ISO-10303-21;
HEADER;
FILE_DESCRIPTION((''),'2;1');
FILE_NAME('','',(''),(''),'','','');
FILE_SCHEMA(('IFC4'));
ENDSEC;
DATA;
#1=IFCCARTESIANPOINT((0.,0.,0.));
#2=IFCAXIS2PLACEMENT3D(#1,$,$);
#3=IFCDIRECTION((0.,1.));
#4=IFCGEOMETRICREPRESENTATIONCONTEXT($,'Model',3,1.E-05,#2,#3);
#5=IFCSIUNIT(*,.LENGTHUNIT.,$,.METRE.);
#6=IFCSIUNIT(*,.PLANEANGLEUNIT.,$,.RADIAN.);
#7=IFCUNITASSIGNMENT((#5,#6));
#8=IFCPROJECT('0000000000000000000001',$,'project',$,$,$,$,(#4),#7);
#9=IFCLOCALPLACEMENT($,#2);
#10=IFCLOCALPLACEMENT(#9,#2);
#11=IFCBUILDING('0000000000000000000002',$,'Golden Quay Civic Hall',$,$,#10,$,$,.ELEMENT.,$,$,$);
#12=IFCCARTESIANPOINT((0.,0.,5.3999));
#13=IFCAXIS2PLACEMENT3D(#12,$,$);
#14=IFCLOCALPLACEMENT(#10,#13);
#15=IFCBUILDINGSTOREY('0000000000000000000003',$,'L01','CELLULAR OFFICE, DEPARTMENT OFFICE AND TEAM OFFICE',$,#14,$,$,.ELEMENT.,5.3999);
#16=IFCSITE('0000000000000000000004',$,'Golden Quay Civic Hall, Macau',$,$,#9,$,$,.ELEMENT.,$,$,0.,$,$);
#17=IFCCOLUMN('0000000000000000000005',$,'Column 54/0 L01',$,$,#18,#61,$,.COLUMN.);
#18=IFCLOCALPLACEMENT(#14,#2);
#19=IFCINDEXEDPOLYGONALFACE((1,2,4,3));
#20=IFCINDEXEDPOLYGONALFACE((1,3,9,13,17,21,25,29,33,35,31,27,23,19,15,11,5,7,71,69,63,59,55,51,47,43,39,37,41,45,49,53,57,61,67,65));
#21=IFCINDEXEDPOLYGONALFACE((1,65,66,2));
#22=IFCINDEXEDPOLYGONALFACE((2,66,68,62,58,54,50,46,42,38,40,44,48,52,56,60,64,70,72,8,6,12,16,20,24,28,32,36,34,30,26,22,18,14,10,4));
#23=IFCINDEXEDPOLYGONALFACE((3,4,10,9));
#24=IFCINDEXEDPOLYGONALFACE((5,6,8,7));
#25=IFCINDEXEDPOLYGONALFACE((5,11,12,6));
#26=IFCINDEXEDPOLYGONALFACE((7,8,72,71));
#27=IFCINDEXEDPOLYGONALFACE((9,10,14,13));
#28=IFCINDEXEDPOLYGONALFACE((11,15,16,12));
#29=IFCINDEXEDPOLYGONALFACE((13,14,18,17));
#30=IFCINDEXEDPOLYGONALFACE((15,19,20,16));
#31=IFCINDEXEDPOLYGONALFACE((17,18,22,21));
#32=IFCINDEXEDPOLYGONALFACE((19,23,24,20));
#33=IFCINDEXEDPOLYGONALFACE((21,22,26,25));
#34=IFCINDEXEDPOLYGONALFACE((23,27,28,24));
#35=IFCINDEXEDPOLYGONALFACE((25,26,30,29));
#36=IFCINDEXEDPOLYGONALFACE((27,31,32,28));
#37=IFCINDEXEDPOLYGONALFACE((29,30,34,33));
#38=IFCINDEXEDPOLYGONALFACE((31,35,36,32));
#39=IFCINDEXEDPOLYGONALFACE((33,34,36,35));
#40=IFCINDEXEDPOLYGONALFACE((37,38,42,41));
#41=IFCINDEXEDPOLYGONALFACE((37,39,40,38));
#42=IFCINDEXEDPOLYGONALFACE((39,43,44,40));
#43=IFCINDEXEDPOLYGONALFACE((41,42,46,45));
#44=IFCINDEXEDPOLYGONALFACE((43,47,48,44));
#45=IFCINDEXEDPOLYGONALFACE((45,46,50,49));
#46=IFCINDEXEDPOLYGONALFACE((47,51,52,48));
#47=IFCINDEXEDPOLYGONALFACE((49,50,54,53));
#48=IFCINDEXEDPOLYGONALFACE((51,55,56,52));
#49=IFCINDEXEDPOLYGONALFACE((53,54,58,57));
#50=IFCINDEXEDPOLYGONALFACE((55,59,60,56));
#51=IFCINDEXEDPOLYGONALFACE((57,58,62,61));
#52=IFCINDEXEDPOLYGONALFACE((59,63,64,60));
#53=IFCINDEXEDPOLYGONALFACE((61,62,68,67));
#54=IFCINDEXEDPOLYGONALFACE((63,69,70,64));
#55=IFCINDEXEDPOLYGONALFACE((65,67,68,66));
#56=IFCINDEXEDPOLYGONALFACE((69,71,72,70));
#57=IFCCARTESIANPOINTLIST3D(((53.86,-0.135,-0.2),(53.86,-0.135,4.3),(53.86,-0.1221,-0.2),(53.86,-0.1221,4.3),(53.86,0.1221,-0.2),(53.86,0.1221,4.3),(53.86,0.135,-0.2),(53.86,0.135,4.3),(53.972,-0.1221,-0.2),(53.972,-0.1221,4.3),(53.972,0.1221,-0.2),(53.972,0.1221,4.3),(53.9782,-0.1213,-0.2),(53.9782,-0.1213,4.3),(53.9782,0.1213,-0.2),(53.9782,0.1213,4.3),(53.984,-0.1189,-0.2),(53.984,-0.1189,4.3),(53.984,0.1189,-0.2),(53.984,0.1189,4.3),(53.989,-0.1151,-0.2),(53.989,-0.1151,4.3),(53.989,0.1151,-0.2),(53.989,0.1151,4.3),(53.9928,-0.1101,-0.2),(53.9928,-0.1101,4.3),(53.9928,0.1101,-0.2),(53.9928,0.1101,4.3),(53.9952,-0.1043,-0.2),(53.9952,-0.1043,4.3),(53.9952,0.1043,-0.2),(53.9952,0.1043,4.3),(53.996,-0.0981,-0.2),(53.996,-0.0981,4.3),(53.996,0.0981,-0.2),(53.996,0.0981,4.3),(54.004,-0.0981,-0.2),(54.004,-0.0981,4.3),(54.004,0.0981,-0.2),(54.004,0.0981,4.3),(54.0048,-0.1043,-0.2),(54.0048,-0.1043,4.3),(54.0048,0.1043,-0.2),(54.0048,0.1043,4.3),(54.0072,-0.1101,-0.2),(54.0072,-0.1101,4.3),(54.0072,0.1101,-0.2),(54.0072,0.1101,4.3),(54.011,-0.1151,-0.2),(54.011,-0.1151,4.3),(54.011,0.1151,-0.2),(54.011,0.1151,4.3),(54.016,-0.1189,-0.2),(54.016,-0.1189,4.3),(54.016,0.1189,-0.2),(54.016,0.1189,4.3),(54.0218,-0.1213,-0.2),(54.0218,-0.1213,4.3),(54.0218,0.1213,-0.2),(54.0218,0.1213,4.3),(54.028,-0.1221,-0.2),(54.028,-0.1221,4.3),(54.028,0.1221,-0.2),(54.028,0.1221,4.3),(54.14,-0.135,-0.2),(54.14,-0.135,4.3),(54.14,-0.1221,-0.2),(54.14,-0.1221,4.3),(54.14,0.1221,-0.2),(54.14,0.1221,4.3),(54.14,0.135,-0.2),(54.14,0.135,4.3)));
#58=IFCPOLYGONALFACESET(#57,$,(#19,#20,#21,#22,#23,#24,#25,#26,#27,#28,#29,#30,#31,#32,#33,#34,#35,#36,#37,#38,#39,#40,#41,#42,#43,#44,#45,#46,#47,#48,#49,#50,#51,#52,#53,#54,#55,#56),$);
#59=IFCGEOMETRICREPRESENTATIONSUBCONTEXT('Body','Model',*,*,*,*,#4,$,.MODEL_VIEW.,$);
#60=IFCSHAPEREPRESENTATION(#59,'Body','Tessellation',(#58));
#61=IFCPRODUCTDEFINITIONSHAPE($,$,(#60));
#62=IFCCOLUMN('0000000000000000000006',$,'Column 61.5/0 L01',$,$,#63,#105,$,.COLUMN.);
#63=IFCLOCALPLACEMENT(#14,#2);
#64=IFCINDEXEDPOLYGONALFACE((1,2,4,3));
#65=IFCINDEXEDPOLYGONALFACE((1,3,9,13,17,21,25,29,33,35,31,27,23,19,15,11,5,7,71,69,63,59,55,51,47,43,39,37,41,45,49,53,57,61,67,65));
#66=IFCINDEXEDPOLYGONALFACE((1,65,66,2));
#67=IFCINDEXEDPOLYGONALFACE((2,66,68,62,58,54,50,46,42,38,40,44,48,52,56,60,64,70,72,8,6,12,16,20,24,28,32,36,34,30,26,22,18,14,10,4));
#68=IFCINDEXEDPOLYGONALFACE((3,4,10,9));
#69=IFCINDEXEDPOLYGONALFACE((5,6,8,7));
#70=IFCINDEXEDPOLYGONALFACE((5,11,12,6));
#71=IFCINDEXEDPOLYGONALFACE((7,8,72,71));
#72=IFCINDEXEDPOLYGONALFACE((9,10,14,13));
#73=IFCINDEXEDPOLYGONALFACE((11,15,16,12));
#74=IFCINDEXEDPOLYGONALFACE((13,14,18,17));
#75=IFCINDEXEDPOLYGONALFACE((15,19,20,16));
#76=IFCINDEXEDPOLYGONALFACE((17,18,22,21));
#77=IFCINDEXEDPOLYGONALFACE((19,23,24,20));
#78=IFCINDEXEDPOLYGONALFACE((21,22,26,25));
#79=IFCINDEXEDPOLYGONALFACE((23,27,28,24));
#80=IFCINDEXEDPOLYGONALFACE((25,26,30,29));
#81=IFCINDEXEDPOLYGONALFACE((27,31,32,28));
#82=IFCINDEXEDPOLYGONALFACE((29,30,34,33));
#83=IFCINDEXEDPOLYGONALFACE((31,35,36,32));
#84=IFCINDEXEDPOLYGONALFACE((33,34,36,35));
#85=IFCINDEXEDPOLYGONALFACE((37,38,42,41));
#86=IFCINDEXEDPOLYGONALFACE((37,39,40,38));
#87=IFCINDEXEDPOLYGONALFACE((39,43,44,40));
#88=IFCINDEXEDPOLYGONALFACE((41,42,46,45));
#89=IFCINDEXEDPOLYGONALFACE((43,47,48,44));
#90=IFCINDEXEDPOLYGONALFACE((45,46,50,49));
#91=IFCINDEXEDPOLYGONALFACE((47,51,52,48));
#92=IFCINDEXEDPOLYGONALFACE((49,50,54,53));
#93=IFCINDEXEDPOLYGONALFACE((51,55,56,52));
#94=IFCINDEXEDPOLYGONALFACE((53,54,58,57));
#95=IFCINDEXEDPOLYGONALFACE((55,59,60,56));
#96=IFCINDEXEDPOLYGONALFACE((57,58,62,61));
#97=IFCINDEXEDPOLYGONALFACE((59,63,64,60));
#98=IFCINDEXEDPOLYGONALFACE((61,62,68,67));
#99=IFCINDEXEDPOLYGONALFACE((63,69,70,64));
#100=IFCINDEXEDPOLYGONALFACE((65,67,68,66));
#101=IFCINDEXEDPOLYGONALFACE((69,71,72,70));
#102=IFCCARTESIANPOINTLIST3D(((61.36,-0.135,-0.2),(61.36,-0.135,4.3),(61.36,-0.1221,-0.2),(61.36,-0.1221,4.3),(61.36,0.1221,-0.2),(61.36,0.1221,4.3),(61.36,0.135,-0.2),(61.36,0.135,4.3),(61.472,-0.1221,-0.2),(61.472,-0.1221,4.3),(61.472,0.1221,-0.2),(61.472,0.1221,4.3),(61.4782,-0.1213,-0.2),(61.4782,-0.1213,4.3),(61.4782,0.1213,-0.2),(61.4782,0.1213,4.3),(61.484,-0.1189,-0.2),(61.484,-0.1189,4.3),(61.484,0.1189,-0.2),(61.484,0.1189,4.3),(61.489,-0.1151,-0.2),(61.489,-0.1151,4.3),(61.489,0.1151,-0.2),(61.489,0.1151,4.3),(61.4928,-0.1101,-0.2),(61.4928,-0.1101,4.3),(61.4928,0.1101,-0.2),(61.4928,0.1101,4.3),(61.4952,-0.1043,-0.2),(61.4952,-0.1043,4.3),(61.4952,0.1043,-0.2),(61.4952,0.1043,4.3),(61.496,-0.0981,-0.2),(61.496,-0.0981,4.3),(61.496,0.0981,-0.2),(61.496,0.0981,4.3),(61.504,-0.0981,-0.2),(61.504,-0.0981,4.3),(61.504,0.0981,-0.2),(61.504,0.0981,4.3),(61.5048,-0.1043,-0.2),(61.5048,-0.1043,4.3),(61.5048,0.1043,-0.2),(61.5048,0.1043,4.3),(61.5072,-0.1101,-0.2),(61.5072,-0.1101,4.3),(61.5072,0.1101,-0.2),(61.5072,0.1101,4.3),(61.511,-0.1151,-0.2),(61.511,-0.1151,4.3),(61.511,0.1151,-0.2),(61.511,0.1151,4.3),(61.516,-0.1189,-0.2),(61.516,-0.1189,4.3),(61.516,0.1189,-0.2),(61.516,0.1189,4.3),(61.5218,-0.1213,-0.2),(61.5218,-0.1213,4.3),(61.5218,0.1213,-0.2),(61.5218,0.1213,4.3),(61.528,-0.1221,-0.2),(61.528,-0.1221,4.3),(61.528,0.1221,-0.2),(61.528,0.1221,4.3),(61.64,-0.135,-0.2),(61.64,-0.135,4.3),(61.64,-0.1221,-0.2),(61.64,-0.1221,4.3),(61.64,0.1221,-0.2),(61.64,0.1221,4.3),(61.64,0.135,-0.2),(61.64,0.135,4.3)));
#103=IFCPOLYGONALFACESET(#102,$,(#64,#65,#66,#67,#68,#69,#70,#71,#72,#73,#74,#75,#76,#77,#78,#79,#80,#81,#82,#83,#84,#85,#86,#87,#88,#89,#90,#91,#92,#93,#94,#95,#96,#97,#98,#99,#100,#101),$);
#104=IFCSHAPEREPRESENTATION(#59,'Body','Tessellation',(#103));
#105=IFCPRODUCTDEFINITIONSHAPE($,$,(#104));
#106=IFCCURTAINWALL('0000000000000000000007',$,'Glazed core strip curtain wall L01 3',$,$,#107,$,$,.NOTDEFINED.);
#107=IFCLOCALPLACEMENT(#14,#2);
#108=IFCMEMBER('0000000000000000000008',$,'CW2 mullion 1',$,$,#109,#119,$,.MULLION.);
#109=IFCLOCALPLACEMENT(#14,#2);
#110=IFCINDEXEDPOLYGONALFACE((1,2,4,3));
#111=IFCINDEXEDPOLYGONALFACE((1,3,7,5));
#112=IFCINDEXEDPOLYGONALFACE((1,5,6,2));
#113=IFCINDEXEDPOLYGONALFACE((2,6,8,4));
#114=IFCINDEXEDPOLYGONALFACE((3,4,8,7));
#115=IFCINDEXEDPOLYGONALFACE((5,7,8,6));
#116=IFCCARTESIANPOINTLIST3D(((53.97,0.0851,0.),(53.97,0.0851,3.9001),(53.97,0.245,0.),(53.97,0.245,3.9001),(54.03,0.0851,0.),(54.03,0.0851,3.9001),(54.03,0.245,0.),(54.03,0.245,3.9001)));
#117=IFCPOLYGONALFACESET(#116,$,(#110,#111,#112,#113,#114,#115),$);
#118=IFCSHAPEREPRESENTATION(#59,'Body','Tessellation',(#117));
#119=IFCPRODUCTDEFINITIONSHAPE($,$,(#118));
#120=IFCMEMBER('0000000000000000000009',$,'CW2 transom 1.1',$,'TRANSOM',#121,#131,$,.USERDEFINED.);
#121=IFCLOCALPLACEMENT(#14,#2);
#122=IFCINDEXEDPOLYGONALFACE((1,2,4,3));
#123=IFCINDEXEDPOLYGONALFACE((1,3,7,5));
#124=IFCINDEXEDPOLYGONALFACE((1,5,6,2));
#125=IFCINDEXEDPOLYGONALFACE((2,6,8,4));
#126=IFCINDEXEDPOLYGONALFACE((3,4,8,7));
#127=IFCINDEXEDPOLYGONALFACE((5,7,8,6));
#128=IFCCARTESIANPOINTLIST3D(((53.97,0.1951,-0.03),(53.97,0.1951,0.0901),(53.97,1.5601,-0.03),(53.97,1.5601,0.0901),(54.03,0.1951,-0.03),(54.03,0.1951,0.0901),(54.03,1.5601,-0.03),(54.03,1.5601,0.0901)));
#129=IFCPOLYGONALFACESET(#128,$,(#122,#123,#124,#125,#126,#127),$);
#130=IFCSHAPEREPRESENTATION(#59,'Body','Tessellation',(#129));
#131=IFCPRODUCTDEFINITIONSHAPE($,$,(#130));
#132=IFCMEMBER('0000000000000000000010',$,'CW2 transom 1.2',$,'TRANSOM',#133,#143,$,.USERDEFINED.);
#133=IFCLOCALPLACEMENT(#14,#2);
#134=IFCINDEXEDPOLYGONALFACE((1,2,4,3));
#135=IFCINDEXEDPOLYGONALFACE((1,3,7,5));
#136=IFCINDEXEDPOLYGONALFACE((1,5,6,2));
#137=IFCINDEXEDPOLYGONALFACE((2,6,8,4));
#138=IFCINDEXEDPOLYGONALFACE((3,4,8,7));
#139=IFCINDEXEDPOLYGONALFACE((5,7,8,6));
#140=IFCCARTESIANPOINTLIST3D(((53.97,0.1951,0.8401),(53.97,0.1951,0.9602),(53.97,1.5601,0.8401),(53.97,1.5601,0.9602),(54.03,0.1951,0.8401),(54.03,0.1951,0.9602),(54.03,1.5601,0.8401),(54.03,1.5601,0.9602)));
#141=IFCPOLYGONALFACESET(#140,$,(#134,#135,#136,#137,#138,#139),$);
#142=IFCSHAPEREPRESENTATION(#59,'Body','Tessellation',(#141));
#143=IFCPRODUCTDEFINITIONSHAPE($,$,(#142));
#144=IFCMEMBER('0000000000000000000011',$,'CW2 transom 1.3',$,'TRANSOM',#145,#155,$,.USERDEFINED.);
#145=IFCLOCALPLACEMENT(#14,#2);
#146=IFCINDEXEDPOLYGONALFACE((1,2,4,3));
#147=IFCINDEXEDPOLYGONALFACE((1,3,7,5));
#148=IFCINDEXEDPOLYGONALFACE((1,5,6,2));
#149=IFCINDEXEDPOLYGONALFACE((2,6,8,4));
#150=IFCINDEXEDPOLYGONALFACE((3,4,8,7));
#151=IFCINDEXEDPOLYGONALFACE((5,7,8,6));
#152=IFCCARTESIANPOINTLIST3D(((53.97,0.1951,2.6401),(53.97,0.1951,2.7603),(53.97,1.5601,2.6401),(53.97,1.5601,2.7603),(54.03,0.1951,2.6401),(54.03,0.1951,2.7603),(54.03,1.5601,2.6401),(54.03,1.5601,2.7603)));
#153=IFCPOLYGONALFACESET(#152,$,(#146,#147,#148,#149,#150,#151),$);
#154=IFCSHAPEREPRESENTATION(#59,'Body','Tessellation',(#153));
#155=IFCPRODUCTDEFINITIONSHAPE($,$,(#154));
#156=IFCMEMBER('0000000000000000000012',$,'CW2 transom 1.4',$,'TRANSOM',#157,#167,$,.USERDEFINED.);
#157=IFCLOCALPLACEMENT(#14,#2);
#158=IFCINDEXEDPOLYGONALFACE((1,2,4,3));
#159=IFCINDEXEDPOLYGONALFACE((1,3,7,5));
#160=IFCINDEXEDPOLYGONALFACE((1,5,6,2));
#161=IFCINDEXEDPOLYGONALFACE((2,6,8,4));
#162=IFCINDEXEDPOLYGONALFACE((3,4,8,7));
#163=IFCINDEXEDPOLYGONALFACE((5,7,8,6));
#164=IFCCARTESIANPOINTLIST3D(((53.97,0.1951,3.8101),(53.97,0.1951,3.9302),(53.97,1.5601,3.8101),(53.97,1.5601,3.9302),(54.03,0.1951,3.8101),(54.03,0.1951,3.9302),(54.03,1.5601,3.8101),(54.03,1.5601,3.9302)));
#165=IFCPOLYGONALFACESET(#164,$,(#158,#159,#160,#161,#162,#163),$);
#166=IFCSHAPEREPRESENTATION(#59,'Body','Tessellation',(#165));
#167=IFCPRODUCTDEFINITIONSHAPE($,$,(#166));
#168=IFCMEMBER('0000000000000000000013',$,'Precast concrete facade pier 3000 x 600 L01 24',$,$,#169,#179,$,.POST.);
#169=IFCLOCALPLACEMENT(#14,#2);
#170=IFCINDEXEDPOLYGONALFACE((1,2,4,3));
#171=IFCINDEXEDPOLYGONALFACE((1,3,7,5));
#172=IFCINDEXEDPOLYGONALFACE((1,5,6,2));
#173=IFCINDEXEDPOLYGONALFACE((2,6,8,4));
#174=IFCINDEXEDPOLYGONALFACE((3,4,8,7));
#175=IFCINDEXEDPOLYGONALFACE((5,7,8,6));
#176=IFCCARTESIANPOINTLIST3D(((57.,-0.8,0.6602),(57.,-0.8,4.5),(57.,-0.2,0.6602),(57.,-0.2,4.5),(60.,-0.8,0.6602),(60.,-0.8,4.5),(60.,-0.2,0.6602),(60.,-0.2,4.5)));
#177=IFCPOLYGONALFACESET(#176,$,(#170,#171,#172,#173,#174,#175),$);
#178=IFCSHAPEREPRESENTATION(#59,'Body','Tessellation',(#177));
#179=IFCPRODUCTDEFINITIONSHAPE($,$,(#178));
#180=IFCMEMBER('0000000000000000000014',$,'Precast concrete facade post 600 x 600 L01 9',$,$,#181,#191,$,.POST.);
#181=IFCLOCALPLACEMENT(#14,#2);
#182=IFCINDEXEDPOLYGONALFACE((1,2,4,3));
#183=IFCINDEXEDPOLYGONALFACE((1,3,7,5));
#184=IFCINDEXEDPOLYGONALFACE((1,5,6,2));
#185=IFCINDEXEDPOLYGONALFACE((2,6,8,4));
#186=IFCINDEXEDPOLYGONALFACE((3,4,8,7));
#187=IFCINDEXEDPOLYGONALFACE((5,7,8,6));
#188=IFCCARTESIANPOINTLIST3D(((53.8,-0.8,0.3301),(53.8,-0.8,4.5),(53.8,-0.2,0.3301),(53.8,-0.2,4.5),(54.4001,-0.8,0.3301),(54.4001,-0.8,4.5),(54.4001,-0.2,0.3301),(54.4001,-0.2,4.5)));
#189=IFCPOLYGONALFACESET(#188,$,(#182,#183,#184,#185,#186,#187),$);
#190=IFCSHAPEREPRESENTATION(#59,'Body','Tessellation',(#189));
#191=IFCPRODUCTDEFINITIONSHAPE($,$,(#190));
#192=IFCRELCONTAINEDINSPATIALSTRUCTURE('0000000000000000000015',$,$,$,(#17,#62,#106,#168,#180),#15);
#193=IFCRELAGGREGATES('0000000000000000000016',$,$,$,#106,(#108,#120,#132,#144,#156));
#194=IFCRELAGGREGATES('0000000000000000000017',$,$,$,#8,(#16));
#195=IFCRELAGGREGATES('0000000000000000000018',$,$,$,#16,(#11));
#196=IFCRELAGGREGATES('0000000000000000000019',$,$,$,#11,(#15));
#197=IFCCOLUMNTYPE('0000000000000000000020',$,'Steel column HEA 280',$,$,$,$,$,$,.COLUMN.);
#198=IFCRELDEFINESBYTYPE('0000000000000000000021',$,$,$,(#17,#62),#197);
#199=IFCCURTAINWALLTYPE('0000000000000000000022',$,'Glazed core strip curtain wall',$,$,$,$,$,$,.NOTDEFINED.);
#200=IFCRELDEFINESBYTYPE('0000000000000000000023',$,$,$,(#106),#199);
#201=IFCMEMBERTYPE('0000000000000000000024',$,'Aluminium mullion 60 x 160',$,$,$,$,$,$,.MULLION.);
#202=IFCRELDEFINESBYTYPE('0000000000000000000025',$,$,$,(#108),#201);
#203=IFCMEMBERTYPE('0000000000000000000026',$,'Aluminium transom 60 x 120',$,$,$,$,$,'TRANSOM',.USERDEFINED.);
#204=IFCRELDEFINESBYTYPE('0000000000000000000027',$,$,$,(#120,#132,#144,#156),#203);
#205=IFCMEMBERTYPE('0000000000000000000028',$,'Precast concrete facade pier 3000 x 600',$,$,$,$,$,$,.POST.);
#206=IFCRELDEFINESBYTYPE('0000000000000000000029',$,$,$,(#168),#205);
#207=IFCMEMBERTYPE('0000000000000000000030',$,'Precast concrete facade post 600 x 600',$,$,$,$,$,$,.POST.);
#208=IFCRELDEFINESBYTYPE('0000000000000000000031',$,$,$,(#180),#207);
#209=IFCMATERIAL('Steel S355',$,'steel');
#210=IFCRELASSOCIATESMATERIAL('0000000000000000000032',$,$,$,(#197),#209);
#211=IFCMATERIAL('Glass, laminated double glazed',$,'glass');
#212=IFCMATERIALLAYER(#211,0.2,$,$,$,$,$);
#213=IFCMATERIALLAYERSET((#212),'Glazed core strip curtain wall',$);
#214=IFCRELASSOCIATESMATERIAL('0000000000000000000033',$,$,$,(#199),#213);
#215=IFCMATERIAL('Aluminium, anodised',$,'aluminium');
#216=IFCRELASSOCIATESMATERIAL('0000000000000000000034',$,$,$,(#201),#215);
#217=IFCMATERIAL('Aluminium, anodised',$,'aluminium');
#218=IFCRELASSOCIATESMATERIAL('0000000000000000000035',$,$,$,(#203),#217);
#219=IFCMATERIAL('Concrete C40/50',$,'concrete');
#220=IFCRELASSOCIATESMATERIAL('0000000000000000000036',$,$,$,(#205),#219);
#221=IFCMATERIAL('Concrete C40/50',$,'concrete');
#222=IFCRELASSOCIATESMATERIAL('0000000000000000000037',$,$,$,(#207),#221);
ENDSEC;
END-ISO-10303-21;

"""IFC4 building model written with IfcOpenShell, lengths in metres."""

from ifc_helpers import new_model, si_unit, direction, frame, origin, origin_2d, place, context, subcontext, project, spatial, rectangle, i_section, extrude, material, layer, layer_set, material_profile, profile_set, type_object, element, aggregate, save


model = new_model("IFC4")

# Units and contexts
model_context = context("Model", 3, precision=1e-05, world=origin(), true_north=direction((0.0, 1.0)))
body_context = subcontext(model_context, "Body", "Model", "MODEL_VIEW")
ifc_project = project(units=[si_unit("LENGTHUNIT", "METRE"), si_unit("PLANEANGLEUNIT", "RADIAN")], contexts=[model_context])

# Site, building, storey
site_placement = place(None, origin())
site = spatial("IfcSite", under=ifc_project, at=site_placement, Name="Golden Quay Civic Hall, Macau", CompositionType="ELEMENT", RefElevation=0.0)
building_placement = place(site_placement, origin())
building = spatial("IfcBuilding", under=site, at=building_placement, Name="Golden Quay Civic Hall", CompositionType="ELEMENT")
storey_placement = place(building_placement, frame((0.0, 0.0, 5.3999)))
storey = spatial("IfcBuildingStorey", under=building, at=storey_placement, Name="L01", Description="CELLULAR OFFICE, DEPARTMENT OFFICE AND TEAM OFFICE", CompositionType="ELEMENT", Elevation=5.3999)

# Columns
ifc_material_1 = material(Name="Steel S355", Category="steel")
ifc_material_profile_1 = material_profile(ifc_material_1, i_section(OverallWidth=0.28, OverallDepth=0.27, WebThickness=0.0081, FlangeThickness=0.0129, FilletRadius=0.0239, at=origin_2d()), Name="HEA 280")
ifc_profile_set_1 = profile_set([ifc_material_profile_1], Name="Steel S355")
column_type = type_object("IfcColumnType", Name="Steel column HEA 280", PredefinedType="COLUMN", material=ifc_profile_set_1)
for number, where, z_axis, x_axis, name in (
    (1, (54.0, 0.0, -0.2), (0.0, 0.0, 1.0), (1.0, 0.0, 0.0), "Column 54/0 L01"),
    (2, (61.5, 0.0, -0.2), (0.0, 0.0, 1.0), (1.0, 0.0, 0.0), "Column 61.5/0 L01"),
):
    element("IfcColumn", number, at=place(storey_placement, frame(where, z_axis=z_axis, x_axis=x_axis)), inside=storey, type_object=column_type, Name=name, PredefinedType="COLUMN", context=body_context, shape_type="SweptSolid", body=[
        extrude(i_section(OverallWidth=0.28, OverallDepth=0.27, WebThickness=0.0081, FlangeThickness=0.0129, FilletRadius=0.0239, at=origin_2d()), origin(), (0.0, 0.0, 1.0), 4.5),
    ])

# Curtain wall, members
ifc_material_2 = material(Name="Glass, laminated double glazed", Category="glass")
ifc_layer_1 = layer(ifc_material_2, 0.2)
ifc_layer_set_1 = layer_set([ifc_layer_1], Name="Glazed core strip curtain wall")
curtain_wall_type = type_object("IfcCurtainWallType", Name="Glazed core strip curtain wall", PredefinedType="NOTDEFINED", material=ifc_layer_set_1)
curtain_wall_placement = place(storey_placement, origin())
curtain_wall = element("IfcCurtainWall", 3, at=curtain_wall_placement, inside=storey, type_object=curtain_wall_type, Name="Glazed core strip curtain wall L01 3", PredefinedType="NOTDEFINED")
ifc_material_3 = material(Name="Aluminium, anodised", Category="aluminium")
ifc_material_profile_2 = material_profile(ifc_material_3, rectangle(XDim=0.0601, YDim=0.1599, at=origin_2d()), Name="Aluminium 60 x 160")
ifc_profile_set_2 = profile_set([ifc_material_profile_2], Name="Aluminium, anodised")
member_type_1 = type_object("IfcMemberType", Name="Aluminium mullion 60 x 160", PredefinedType="MULLION", material=ifc_profile_set_2)
member_1_placement = place(storey_placement, frame((54.0, 0.165, 0.0), z_axis=(0.0, 0.0, 1.0), x_axis=(-1.0, 0.0, 0.0)))
member_1 = element("IfcMember", 4, at=member_1_placement, type_object=member_type_1, Name="CW2 mullion 1", PredefinedType="MULLION", context=body_context, shape_type="SweptSolid", body=[
    extrude(rectangle(XDim=0.0601, YDim=0.1599, at=origin_2d()), origin(), (0.0, 0.0, 1.0), 3.9001),
])
ifc_material_4 = material(Name="Aluminium, anodised", Category="aluminium")
ifc_material_profile_3 = material_profile(ifc_material_4, rectangle(XDim=0.0601, YDim=0.1201, at=origin_2d()), Name="Aluminium 60 x 120")
ifc_profile_set_3 = profile_set([ifc_material_profile_3], Name="Aluminium, anodised")
member_type_2 = type_object("IfcMemberType", Name="Aluminium transom 60 x 120", ElementType="TRANSOM", PredefinedType="USERDEFINED", material=ifc_profile_set_3)
member_2_placement = place(storey_placement, frame((54.0, 0.1951, 0.03), z_axis=(0.0, 1.0, 0.0), x_axis=(-1.0, 0.0, 0.0)))
member_2 = element("IfcMember", 5, at=member_2_placement, type_object=member_type_2, Name="CW2 transom 1.1", ObjectType="TRANSOM", PredefinedType="USERDEFINED", context=body_context, shape_type="SweptSolid", body=[
    extrude(rectangle(XDim=0.0601, YDim=0.1201, at=origin_2d()), origin(), (0.0, 0.0, 1.0), 1.365),
])
member_3_placement = place(storey_placement, frame((54.0, 0.1951, 0.9001), z_axis=(0.0, 1.0, 0.0), x_axis=(-1.0, 0.0, 0.0)))
member_3 = element("IfcMember", 6, at=member_3_placement, type_object=member_type_2, Name="CW2 transom 1.2", ObjectType="TRANSOM", PredefinedType="USERDEFINED", context=body_context, shape_type="SweptSolid", body=[
    extrude(rectangle(XDim=0.0601, YDim=0.1201, at=origin_2d()), origin(), (0.0, 0.0, 1.0), 1.365),
])
member_4_placement = place(storey_placement, frame((54.0, 0.1951, 2.7002), z_axis=(0.0, 1.0, 0.0), x_axis=(-1.0, 0.0, 0.0)))
member_4 = element("IfcMember", 7, at=member_4_placement, type_object=member_type_2, Name="CW2 transom 1.3", ObjectType="TRANSOM", PredefinedType="USERDEFINED", context=body_context, shape_type="SweptSolid", body=[
    extrude(rectangle(XDim=0.0601, YDim=0.1201, at=origin_2d()), origin(), (0.0, 0.0, 1.0), 1.365),
])
member_5_placement = place(storey_placement, frame((54.0, 0.1951, 3.8701), z_axis=(0.0, 1.0, 0.0), x_axis=(-1.0, 0.0, 0.0)))
member_5 = element("IfcMember", 8, at=member_5_placement, type_object=member_type_2, Name="CW2 transom 1.4", ObjectType="TRANSOM", PredefinedType="USERDEFINED", context=body_context, shape_type="SweptSolid", body=[
    extrude(rectangle(XDim=0.0601, YDim=0.1201, at=origin_2d()), origin(), (0.0, 0.0, 1.0), 1.365),
])
aggregate(curtain_wall, [member_1, member_2, member_3, member_4, member_5])

# Members
ifc_material_5 = material(Name="Concrete C40/50", Category="concrete")
ifc_material_profile_4 = material_profile(ifc_material_5, rectangle(XDim=3.0, YDim=0.6001, at=origin_2d()), Name="RC 3000x600")
ifc_profile_set_4 = profile_set([ifc_material_profile_4], Name="Concrete C40/50")
member_type_3 = type_object("IfcMemberType", Name="Precast concrete facade pier 3000 x 600", PredefinedType="POST", material=ifc_profile_set_4)
member_6_placement = place(storey_placement, frame((58.5, -0.5, 0.6602), z_axis=(0.0, 0.0, 1.0), x_axis=(1.0, 0.0, 0.0)))
element("IfcMember", 9, at=member_6_placement, inside=storey, type_object=member_type_3, Name="Precast concrete facade pier 3000 x 600 L01 24", PredefinedType="POST", context=body_context, shape_type="SweptSolid", body=[
    extrude(rectangle(XDim=3.0, YDim=0.6001, at=origin_2d()), origin(), (0.0, 0.0, 1.0), 3.8398),
])
ifc_material_6 = material(Name="Concrete C40/50", Category="concrete")
ifc_material_profile_5 = material_profile(ifc_material_6, rectangle(XDim=0.6001, YDim=0.6001, at=origin_2d()), Name="RC 600x600")
ifc_profile_set_5 = profile_set([ifc_material_profile_5], Name="Concrete C40/50")
member_type_4 = type_object("IfcMemberType", Name="Precast concrete facade post 600 x 600", PredefinedType="POST", material=ifc_profile_set_5)
member_7_placement = place(storey_placement, frame((54.1001, -0.5, 0.3301), z_axis=(0.0, 0.0, 1.0), x_axis=(1.0, 0.0, 0.0)))
element("IfcMember", 10, at=member_7_placement, inside=storey, type_object=member_type_4, Name="Precast concrete facade post 600 x 600 L01 9", PredefinedType="POST", context=body_context, shape_type="SweptSolid", body=[
    extrude(rectangle(XDim=0.6001, YDim=0.6001, at=origin_2d()), origin(), (0.0, 0.0, 1.0), 4.1699),
])

save(model, "model.ifc")
